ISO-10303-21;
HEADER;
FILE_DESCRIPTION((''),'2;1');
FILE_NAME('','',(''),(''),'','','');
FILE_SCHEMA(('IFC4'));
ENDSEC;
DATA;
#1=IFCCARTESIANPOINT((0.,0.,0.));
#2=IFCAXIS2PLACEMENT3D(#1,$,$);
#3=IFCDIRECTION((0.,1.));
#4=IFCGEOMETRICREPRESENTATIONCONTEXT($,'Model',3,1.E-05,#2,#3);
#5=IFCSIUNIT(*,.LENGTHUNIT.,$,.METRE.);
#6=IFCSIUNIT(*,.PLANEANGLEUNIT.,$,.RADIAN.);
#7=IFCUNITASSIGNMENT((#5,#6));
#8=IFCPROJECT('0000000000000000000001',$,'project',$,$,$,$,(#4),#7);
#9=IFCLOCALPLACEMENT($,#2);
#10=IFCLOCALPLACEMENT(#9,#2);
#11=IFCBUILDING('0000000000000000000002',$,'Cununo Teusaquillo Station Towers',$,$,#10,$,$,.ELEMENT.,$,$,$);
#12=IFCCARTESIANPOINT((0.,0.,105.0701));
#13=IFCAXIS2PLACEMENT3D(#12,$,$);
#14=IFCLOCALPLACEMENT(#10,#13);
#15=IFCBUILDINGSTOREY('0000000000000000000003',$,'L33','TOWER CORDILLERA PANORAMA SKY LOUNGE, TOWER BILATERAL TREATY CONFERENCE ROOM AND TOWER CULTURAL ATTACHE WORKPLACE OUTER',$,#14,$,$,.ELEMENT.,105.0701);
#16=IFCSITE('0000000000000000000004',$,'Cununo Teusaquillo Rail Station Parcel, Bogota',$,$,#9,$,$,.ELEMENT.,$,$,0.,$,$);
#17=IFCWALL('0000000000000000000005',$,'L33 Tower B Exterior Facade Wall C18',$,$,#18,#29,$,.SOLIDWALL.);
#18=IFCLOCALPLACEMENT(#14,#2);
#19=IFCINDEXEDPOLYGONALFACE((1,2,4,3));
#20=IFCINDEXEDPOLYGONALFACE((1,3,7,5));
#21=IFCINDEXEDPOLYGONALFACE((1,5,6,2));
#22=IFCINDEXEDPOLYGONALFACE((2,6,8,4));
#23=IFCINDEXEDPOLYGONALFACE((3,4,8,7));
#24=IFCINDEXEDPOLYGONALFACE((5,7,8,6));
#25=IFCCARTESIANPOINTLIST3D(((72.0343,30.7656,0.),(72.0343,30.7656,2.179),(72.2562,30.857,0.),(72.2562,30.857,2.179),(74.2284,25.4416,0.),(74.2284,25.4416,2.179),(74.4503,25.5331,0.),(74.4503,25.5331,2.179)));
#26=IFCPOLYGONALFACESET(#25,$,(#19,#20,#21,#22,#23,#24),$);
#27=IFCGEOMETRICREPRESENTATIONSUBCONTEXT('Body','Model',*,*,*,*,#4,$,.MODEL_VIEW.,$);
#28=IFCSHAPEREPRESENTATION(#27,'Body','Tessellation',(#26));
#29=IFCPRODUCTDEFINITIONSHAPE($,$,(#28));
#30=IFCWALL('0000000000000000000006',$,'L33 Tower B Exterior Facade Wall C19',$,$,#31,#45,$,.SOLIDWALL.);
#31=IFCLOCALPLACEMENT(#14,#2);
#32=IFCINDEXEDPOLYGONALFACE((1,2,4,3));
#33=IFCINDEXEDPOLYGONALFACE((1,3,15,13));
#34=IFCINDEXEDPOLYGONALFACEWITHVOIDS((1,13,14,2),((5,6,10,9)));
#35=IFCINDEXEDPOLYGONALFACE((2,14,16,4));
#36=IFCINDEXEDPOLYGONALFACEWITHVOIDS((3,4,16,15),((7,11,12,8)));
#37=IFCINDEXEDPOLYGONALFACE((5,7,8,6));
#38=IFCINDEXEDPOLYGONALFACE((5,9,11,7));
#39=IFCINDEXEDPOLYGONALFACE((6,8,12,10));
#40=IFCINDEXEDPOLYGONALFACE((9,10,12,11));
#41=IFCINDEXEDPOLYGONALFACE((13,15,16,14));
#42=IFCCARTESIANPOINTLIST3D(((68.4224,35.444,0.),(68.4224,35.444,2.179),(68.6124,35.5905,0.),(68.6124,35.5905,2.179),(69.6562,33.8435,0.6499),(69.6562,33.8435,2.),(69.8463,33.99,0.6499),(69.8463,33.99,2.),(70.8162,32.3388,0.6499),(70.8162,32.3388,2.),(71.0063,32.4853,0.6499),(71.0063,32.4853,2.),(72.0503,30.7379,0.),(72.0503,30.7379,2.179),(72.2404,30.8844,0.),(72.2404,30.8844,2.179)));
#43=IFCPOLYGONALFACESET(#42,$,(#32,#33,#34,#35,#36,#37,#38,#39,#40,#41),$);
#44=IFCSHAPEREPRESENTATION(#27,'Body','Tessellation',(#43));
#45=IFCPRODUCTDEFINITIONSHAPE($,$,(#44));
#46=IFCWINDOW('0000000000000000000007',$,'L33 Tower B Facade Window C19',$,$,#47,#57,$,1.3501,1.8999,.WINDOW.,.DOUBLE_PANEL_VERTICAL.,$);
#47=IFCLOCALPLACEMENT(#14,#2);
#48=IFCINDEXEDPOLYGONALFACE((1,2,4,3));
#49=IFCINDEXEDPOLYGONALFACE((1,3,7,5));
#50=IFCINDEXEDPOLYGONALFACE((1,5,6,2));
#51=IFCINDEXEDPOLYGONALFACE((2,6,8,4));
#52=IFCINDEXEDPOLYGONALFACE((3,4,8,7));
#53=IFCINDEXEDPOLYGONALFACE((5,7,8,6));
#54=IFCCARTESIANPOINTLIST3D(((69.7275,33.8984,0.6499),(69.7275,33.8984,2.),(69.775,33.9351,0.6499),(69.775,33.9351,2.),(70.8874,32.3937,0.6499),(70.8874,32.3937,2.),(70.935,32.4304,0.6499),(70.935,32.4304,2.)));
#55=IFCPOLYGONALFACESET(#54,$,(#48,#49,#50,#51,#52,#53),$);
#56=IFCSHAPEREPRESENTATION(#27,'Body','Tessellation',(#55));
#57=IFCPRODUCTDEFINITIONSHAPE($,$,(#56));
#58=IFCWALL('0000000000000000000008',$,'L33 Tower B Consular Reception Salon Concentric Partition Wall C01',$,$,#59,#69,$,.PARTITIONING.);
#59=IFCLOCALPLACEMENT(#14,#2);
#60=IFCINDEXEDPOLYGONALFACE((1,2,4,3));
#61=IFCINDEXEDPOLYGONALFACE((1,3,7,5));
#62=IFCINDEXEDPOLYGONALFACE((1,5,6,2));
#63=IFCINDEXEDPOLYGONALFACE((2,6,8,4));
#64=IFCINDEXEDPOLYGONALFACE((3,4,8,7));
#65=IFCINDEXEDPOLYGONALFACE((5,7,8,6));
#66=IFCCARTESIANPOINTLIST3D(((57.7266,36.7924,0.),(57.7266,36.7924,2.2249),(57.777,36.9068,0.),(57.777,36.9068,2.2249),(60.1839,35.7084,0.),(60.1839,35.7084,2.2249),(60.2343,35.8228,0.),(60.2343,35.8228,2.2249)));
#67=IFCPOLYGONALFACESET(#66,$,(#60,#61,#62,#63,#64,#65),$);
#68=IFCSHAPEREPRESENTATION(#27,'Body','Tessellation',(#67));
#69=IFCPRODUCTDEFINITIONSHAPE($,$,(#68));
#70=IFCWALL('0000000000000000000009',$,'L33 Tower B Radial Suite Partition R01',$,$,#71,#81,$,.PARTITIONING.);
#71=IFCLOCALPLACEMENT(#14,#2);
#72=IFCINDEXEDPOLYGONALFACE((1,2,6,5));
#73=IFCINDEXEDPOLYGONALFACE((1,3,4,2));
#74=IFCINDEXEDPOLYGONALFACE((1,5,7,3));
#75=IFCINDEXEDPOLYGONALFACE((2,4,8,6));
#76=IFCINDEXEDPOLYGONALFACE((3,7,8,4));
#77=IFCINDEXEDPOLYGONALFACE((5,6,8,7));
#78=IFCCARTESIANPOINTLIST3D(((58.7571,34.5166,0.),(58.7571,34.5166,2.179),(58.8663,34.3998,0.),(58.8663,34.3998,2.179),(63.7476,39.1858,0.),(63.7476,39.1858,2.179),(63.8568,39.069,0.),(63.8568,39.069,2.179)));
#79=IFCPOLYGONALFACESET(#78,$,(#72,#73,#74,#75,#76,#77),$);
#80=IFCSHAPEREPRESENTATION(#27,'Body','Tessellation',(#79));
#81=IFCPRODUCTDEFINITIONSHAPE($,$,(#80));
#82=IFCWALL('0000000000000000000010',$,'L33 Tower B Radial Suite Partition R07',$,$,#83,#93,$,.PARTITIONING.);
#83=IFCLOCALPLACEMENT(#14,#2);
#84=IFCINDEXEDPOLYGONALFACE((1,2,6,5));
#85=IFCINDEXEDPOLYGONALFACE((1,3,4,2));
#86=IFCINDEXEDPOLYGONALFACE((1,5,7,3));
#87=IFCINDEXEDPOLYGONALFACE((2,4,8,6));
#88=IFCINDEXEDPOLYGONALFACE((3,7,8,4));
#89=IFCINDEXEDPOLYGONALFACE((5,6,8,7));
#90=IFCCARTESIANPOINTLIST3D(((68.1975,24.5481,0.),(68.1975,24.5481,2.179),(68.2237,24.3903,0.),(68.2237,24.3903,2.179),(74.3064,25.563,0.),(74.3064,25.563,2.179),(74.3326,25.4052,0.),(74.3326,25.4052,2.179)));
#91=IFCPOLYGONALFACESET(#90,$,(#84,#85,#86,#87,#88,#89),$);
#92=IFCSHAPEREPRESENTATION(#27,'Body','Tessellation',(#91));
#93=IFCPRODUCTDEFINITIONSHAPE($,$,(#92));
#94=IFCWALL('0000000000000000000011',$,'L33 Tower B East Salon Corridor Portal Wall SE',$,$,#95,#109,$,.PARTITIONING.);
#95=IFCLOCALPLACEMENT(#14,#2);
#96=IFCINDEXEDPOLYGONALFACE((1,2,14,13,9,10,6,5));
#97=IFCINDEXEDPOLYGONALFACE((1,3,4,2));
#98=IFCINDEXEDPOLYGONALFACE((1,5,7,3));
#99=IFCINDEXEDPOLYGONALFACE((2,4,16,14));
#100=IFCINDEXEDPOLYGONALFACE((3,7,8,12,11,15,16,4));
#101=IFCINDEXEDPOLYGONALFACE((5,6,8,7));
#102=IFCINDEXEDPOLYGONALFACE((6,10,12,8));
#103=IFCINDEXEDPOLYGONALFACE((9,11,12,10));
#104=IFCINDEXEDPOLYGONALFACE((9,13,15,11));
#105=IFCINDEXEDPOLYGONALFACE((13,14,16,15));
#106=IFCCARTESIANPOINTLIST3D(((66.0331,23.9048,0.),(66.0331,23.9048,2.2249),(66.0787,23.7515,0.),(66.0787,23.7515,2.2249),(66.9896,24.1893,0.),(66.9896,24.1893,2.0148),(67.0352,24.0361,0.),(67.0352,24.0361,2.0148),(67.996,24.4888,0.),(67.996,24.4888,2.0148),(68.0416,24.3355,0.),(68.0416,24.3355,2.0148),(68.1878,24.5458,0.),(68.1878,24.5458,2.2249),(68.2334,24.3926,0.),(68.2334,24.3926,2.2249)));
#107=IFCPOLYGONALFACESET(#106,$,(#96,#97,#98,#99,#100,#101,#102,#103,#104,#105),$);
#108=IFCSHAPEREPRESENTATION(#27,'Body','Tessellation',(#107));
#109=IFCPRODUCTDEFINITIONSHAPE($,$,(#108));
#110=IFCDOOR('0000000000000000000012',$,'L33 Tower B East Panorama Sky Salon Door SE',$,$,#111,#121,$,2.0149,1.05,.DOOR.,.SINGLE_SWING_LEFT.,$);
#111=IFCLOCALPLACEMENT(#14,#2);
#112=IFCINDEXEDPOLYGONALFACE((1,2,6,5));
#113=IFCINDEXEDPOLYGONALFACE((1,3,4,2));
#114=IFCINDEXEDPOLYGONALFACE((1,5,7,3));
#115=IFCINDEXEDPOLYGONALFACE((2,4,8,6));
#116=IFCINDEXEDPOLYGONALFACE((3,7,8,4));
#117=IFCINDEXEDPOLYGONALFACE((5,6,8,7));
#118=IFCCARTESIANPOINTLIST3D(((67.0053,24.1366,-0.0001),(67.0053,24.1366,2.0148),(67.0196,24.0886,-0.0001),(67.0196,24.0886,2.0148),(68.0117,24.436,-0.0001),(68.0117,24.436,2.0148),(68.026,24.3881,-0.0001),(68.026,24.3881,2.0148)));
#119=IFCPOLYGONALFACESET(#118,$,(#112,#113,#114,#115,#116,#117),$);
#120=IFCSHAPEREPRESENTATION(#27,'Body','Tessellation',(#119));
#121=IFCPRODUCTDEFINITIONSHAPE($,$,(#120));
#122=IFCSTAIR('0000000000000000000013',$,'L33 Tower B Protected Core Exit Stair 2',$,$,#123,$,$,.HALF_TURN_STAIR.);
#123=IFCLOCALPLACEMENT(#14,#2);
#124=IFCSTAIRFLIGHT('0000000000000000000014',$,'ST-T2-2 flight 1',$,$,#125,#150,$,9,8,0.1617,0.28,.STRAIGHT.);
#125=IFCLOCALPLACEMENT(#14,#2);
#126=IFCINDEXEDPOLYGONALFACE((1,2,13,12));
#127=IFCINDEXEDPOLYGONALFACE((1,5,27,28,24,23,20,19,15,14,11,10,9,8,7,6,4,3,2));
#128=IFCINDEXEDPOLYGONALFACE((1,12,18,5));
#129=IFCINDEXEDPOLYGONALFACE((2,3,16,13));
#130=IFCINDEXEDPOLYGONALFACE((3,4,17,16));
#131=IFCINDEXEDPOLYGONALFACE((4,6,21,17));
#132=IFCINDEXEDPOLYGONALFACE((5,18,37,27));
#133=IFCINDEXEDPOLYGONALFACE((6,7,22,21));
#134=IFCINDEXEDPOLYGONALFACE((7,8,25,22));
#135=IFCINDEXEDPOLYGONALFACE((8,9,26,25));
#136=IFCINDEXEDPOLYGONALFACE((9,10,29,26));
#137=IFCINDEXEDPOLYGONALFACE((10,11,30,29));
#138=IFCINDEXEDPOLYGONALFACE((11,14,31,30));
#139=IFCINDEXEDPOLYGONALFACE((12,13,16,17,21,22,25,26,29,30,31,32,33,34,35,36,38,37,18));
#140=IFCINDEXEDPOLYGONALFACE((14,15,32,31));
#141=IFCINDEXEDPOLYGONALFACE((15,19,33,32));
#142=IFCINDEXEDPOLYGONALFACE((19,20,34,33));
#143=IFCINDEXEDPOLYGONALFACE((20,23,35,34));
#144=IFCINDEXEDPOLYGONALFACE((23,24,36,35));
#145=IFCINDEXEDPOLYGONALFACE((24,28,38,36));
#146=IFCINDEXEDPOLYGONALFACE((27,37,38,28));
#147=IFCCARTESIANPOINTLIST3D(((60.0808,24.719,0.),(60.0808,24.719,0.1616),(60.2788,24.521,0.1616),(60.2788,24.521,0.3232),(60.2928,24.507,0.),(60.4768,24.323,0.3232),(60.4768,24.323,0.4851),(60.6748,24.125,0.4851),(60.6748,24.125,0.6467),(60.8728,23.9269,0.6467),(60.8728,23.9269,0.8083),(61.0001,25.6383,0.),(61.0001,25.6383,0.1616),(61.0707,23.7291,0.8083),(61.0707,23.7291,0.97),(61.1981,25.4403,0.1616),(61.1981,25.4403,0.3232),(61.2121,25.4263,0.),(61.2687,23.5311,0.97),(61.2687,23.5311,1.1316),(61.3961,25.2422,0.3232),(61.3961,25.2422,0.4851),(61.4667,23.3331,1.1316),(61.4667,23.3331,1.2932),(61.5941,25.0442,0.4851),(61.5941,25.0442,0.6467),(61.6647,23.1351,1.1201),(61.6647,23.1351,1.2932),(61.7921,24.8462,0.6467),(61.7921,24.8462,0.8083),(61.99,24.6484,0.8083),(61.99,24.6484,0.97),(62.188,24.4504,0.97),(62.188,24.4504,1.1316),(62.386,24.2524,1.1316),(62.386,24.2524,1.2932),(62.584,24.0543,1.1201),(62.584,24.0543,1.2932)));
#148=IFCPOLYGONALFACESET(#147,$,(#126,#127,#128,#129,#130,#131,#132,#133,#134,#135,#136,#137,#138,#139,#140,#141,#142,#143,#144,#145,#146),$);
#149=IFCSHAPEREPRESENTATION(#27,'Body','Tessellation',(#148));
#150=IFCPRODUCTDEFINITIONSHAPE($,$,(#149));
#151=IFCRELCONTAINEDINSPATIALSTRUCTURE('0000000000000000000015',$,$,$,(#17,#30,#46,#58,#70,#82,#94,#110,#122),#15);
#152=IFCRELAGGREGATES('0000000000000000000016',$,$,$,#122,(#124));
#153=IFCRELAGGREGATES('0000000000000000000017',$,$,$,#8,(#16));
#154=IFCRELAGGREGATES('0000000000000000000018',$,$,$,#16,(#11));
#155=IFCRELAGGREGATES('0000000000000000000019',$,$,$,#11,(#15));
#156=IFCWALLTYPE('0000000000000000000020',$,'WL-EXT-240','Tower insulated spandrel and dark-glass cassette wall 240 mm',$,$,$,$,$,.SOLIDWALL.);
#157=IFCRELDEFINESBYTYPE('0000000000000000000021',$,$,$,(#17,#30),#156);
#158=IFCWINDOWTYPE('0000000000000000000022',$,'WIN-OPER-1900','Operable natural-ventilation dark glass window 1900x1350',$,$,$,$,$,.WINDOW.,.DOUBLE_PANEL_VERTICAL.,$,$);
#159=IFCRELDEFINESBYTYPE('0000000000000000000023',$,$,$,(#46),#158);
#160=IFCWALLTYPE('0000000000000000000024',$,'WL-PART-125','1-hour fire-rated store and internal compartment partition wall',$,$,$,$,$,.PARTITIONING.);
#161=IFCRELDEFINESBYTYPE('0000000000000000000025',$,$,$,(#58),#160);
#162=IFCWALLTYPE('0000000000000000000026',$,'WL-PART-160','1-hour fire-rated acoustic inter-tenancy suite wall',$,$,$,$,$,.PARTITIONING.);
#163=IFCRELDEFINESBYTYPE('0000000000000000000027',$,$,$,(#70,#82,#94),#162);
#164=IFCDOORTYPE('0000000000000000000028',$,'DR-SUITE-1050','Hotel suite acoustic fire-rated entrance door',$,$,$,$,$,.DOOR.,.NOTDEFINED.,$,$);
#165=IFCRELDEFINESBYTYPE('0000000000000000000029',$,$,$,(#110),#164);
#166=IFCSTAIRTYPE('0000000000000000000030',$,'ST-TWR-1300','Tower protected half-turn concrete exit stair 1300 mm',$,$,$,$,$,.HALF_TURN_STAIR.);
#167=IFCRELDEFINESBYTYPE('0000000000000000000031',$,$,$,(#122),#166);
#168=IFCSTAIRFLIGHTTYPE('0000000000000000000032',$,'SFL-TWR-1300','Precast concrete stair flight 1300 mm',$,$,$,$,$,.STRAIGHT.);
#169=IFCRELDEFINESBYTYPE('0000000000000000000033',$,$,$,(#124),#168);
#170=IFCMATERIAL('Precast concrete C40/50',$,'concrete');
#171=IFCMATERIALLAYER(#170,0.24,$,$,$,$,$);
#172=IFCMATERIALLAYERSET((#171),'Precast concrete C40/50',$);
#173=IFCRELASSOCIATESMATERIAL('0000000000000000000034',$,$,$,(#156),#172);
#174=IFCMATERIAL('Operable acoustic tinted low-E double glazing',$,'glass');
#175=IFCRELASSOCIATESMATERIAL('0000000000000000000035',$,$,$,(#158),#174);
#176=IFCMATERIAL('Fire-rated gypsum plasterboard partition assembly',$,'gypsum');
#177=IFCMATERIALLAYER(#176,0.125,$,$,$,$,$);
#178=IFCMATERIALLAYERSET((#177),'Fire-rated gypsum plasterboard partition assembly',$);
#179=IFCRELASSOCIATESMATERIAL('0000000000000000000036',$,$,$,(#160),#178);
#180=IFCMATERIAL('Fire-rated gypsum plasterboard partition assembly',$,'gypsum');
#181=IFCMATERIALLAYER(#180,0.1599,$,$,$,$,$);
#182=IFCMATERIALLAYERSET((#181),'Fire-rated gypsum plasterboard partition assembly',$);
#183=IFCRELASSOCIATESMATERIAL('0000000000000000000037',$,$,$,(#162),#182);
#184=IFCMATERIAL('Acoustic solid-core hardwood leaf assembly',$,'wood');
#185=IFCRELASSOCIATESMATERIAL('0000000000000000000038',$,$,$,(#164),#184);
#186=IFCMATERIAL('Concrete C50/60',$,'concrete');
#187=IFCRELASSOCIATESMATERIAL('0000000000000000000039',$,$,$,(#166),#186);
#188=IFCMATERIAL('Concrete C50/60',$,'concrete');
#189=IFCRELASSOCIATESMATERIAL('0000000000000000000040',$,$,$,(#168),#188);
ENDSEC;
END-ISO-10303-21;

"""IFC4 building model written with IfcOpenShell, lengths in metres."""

from ifc_helpers import new_model, si_unit, direction, frame, frame_2d, origin, place, context, subcontext, project, spatial, polyline, rectangle, outline, extrude, source, transform, mapped, material, layer, layer_set, type_object, element, fill, aggregate, save


model = new_model("IFC4")

# Units and contexts
model_context = context("Model", 3, precision=1e-05, world=origin(), true_north=direction((0.0, 1.0)))
body_context = subcontext(model_context, "Body", "Model", "MODEL_VIEW")
ifc_project = project(units=[si_unit("LENGTHUNIT", "METRE"), si_unit("PLANEANGLEUNIT", "RADIAN")], contexts=[model_context])

# Site, building, storey
site_placement = place(None, origin())
site = spatial("IfcSite", under=ifc_project, at=site_placement, Name="Cununo Teusaquillo Rail Station Parcel, Bogota", CompositionType="ELEMENT", RefElevation=0.0)
building_placement = place(site_placement, origin())
building = spatial("IfcBuilding", under=site, at=building_placement, Name="Cununo Teusaquillo Station Towers", CompositionType="ELEMENT")
storey_placement = place(building_placement, frame((0.0, 0.0, 105.0701)))
storey = spatial("IfcBuildingStorey", under=building, at=storey_placement, Name="L33", Description="TOWER CORDILLERA PANORAMA SKY LOUNGE, TOWER BILATERAL TREATY CONFERENCE ROOM AND TOWER CULTURAL ATTACHE WORKPLACE OUTER", CompositionType="ELEMENT", Elevation=105.0701)

# Shared definitions
ifc_material_1 = material(Name="Precast concrete C40/50", Category="concrete")
ifc_layer_1 = layer(ifc_material_1, 0.24)
ifc_layer_set_1 = layer_set([ifc_layer_1], Name="Precast concrete C40/50")
wall_type_1 = type_object("IfcWallType", Name="WL-EXT-240", Description="Tower insulated spandrel and dark-glass cassette wall 240 mm", PredefinedType="SOLIDWALL", material=ifc_layer_set_1)
shared_shape_1 = source(origin(), body_context, "Body", "SweptSolid", [
    extrude(rectangle(XDim=1.8999, YDim=1.3501, at=frame_2d((0.95, 0.675))), frame((0.0, 0.1299, 0.0), z_axis=(0.0, -1.0, 0.0), x_axis=(1.0, 0.0, 0.0)), (0.0, 0.0, 1.0), 0.26),
])
ifc_material_2 = material(Name="Operable acoustic tinted low-E double glazing", Category="glass")
window_type = type_object("IfcWindowType", Name="WIN-OPER-1900", Description="Operable natural-ventilation dark glass window 1900x1350", PartitioningType="DOUBLE_PANEL_VERTICAL", PredefinedType="WINDOW", material=ifc_material_2)
shared_shape_2 = source(origin(), body_context, "Body", "SweptSolid", [
    extrude(rectangle(XDim=1.8999, YDim=1.3501, at=frame_2d((0.95, 0.675))), frame((0.0, 0.03, 0.0), z_axis=(0.0, -1.0, 0.0), x_axis=(1.0, 0.0, 0.0)), (0.0, 0.0, 1.0), 0.0601),
])

# Wall
wall_1_placement = place(storey_placement, frame((72.1453, 30.8113, 0.0), z_axis=(0.0, 0.0, 1.0), x_axis=(0.381027, -0.924564, 0.0)))
element("IfcWall", 1, at=wall_1_placement, inside=storey, type_object=wall_type_1, Name="L33 Tower B Exterior Facade Wall C18", PredefinedType="SOLIDWALL", context=body_context, shape_type="SweptSolid", body=[
    extrude(rectangle(XDim=5.7583, YDim=0.24, at=frame_2d((2.8792, 0.0))), origin(), (0.0, 0.0, 1.0), 2.179),
])

# Wall, opening, window
wall_2_placement = place(storey_placement, frame((68.5173, 35.5173, 0.0), z_axis=(0.0, 0.0, 1.0), x_axis=(0.610544, -0.791982, 0.0)))
wall_2 = element("IfcWall", 2, at=wall_2_placement, inside=storey, type_object=wall_type_1, Name="L33 Tower B Exterior Facade Wall C19", PredefinedType="SOLIDWALL", context=body_context, shape_type="SweptSolid", body=[
    extrude(rectangle(XDim=5.9421, YDim=0.24, at=frame_2d((2.9712, 0.0))), origin(), (0.0, 0.0, 1.0), 2.179),
])
opening_1_placement = place(wall_2_placement, frame((2.021, 0.0, 0.6499)))
opening_1 = element("IfcOpeningElement", 3, at=opening_1_placement, cuts=wall_2, PredefinedType="OPENING", context=body_context, shape_type="MappedRepresentation", body=[
    mapped(shared_shape_1, transform((0.0, 0.0, 0.0), x_axis=(1.0, 0.0, 0.0), y_axis=(0.0, 1.0, 0.0), z_axis=(0.0, 0.0, 1.0), scale=1.0)),
])
window_1_placement = place(opening_1_placement, origin())
window_1 = element("IfcWindow", 4, at=window_1_placement, inside=storey, type_object=window_type, Name="L33 Tower B Facade Window C19", OverallHeight=1.3501, OverallWidth=1.8999, PartitioningType="DOUBLE_PANEL_VERTICAL", PredefinedType="WINDOW", context=body_context, shape_type="MappedRepresentation", body=[
    mapped(shared_shape_2, transform((0.0, 0.0, 0.0), x_axis=(1.0, 0.0, 0.0), y_axis=(0.0, 1.0, 0.0), z_axis=(0.0, 0.0, 1.0), scale=1.0)),
])
fill(opening_1, window_1)

# Walls
ifc_material_3 = material(Name="Fire-rated gypsum plasterboard partition assembly", Category="gypsum")
ifc_layer_2 = layer(ifc_material_3, 0.125)
ifc_layer_set_2 = layer_set([ifc_layer_2], Name="Fire-rated gypsum plasterboard partition assembly")
wall_type_2 = type_object("IfcWallType", Name="WL-PART-125", Description="1-hour fire-rated store and internal compartment partition wall", PredefinedType="PARTITIONING", material=ifc_layer_set_2)
wall_3_placement = place(storey_placement, frame((60.209, 35.7656, 0.0), z_axis=(0.0, 0.0, 1.0), x_axis=(-0.914933, 0.403607, 0.0)))
element("IfcWall", 5, at=wall_3_placement, inside=storey, type_object=wall_type_2, Name="L33 Tower B Consular Reception Salon Concentric Partition Wall C01", PredefinedType="PARTITIONING", context=body_context, shape_type="SweptSolid", body=[
    extrude(rectangle(XDim=2.6858, YDim=0.125, at=frame_2d((1.3428, 0.0))), origin(), (0.0, 0.0, 1.0), 2.2249),
])
ifc_material_4 = material(Name="Fire-rated gypsum plasterboard partition assembly", Category="gypsum")
ifc_layer_3 = layer(ifc_material_4, 0.1599)
ifc_layer_set_3 = layer_set([ifc_layer_3], Name="Fire-rated gypsum plasterboard partition assembly")
wall_type_3 = type_object("IfcWallType", Name="WL-PART-160", Description="1-hour fire-rated acoustic inter-tenancy suite wall", PredefinedType="PARTITIONING", material=ifc_layer_set_3)
wall_4_placement = place(storey_placement, frame((58.8118, 34.4583, 0.0), z_axis=(0.0, 0.0, 1.0), x_axis=(0.730222, 0.68321, 0.0)))
element("IfcWall", 6, at=wall_4_placement, inside=storey, type_object=wall_type_3, Name="L33 Tower B Radial Suite Partition R01", PredefinedType="PARTITIONING", context=body_context, shape_type="SweptSolid", body=[
    extrude(rectangle(XDim=6.8342, YDim=0.1599, at=frame_2d((3.417, 0.0))), origin(), (0.0, 0.0, 1.0), 2.179),
])
wall_5_placement = place(storey_placement, frame((68.2107, 24.4692, 0.0), z_axis=(0.0, 0.0, 1.0), x_axis=(0.986479, 0.163888, 0.0)))
element("IfcWall", 7, at=wall_5_placement, inside=storey, type_object=wall_type_3, Name="L33 Tower B Radial Suite Partition R07", PredefinedType="PARTITIONING", context=body_context, shape_type="SweptSolid", body=[
    extrude(rectangle(XDim=6.1926, YDim=0.1599, at=frame_2d((3.0962, 0.0))), origin(), (0.0, 0.0, 1.0), 2.179),
])

# Wall, opening, door
wall_6_placement = place(storey_placement, frame((66.0559, 23.8281, 0.0), z_axis=(0.0, 0.0, 1.0), x_axis=(0.958475, 0.285175, 0.0)))
wall_6 = element("IfcWall", 8, at=wall_6_placement, inside=storey, type_object=wall_type_3, Name="L33 Tower B East Salon Corridor Portal Wall SE", PredefinedType="PARTITIONING", context=body_context, shape_type="SweptSolid", body=[
    extrude(rectangle(XDim=2.248, YDim=0.1599, at=frame_2d((1.124, 0.0))), origin(), (0.0, 0.0, 1.0), 2.2249),
])
shared_shape_3 = source(origin(), body_context, "Body", "SweptSolid", [
    extrude(rectangle(XDim=1.05, YDim=2.0149, at=frame_2d((0.5249, 1.0073))), frame((0.0, 0.0898, 0.0), z_axis=(0.0, -1.0, 0.0), x_axis=(1.0, 0.0, 0.0)), (0.0, 0.0, 1.0), 0.1799),
])
opening_2_placement = place(wall_6_placement, frame((0.998, 0.0, 0.0)))
opening_2 = element("IfcOpeningElement", 9, at=opening_2_placement, cuts=wall_6, PredefinedType="OPENING", context=body_context, shape_type="MappedRepresentation", body=[
    mapped(shared_shape_3, transform((0.0, 0.0, 0.0), x_axis=(1.0, 0.0, 0.0), y_axis=(0.0, 1.0, 0.0), z_axis=(0.0, 0.0, 1.0), scale=1.0)),
])
ifc_material_5 = material(Name="Acoustic solid-core hardwood leaf assembly", Category="wood")
door_type = type_object("IfcDoorType", Name="DR-SUITE-1050", Description="Hotel suite acoustic fire-rated entrance door", OperationType="NOTDEFINED", PredefinedType="DOOR", material=ifc_material_5)
shared_shape_4 = source(origin(), body_context, "Body", "SweptSolid", [
    extrude(rectangle(XDim=1.05, YDim=2.0149, at=frame_2d((0.5249, 1.0073))), frame((0.0, 0.0249, 0.0), z_axis=(0.0, -1.0, 0.0), x_axis=(1.0, 0.0, 0.0)), (0.0, 0.0, 1.0), 0.05),
])
door_placement = place(opening_2_placement, origin())
door = element("IfcDoor", 10, at=door_placement, inside=storey, type_object=door_type, Name="L33 Tower B East Panorama Sky Salon Door SE", OperationType="SINGLE_SWING_LEFT", OverallHeight=2.0149, OverallWidth=1.05, PredefinedType="DOOR", context=body_context, shape_type="MappedRepresentation", body=[
    mapped(shared_shape_4, transform((0.0, 0.0, 0.0), x_axis=(1.0, 0.0, 0.0), y_axis=(0.0, 1.0, 0.0), z_axis=(0.0, 0.0, 1.0), scale=1.0)),
])
fill(opening_2, door)

# Stair, stair flight
ifc_material_6 = material(Name="Concrete C50/60", Category="concrete")
stair_type = type_object("IfcStairType", Name="ST-TWR-1300", Description="Tower protected half-turn concrete exit stair 1300 mm", PredefinedType="HALF_TURN_STAIR", material=ifc_material_6)
stair_placement = place(storey_placement, origin())
stair = element("IfcStair", 11, at=stair_placement, inside=storey, type_object=stair_type, Name="L33 Tower B Protected Core Exit Stair 2", PredefinedType="HALF_TURN_STAIR")
ifc_material_7 = material(Name="Concrete C50/60", Category="concrete")
stair_flight_type = type_object("IfcStairFlightType", Name="SFL-TWR-1300", Description="Precast concrete stair flight 1300 mm", PredefinedType="STRAIGHT", material=ifc_material_7)
stair_flight_1_placement = place(storey_placement, frame((60.5405, 25.1787, 0.0), z_axis=(0.0, 0.0, 1.0), x_axis=(0.707107, -0.707107, 0.0)))
stair_flight_1 = element("IfcStairFlight", 12, at=stair_flight_1_placement, type_object=stair_flight_type, Name="ST-T2-2 flight 1", NumberOfRisers=9, NumberOfTreads=8, PredefinedType="STRAIGHT", RiserHeight=0.1617, TreadLength=0.28, context=body_context, shape_type="SweptSolid", body=[
    extrude(outline(polyline([(0.0, 0.0), (0.0, 0.1616), (0.28, 0.1616), (0.28, 0.3232), (0.5601, 0.3232), (0.5601, 0.4851), (0.8401, 0.4851), (0.8401, 0.6467), (1.1201, 0.6467), (1.1201, 0.8083), (1.3999, 0.8083), (1.3999, 0.97), (1.6799, 0.97), (1.6799, 1.1316), (1.96, 1.1316), (1.96, 1.2932), (2.24, 1.2932), (2.24, 1.4551), (2.24, 1.1201), (0.2998, 0.0), (0.0, 0.0)])), frame((0.0, 0.6499, 0.0), z_axis=(0.0, -1.0, 0.0), x_axis=(1.0, 0.0, 0.0)), (0.0, 0.0, 1.0), 1.3),
])
aggregate(stair, [stair_flight_1])

save(model, "model.ifc")
